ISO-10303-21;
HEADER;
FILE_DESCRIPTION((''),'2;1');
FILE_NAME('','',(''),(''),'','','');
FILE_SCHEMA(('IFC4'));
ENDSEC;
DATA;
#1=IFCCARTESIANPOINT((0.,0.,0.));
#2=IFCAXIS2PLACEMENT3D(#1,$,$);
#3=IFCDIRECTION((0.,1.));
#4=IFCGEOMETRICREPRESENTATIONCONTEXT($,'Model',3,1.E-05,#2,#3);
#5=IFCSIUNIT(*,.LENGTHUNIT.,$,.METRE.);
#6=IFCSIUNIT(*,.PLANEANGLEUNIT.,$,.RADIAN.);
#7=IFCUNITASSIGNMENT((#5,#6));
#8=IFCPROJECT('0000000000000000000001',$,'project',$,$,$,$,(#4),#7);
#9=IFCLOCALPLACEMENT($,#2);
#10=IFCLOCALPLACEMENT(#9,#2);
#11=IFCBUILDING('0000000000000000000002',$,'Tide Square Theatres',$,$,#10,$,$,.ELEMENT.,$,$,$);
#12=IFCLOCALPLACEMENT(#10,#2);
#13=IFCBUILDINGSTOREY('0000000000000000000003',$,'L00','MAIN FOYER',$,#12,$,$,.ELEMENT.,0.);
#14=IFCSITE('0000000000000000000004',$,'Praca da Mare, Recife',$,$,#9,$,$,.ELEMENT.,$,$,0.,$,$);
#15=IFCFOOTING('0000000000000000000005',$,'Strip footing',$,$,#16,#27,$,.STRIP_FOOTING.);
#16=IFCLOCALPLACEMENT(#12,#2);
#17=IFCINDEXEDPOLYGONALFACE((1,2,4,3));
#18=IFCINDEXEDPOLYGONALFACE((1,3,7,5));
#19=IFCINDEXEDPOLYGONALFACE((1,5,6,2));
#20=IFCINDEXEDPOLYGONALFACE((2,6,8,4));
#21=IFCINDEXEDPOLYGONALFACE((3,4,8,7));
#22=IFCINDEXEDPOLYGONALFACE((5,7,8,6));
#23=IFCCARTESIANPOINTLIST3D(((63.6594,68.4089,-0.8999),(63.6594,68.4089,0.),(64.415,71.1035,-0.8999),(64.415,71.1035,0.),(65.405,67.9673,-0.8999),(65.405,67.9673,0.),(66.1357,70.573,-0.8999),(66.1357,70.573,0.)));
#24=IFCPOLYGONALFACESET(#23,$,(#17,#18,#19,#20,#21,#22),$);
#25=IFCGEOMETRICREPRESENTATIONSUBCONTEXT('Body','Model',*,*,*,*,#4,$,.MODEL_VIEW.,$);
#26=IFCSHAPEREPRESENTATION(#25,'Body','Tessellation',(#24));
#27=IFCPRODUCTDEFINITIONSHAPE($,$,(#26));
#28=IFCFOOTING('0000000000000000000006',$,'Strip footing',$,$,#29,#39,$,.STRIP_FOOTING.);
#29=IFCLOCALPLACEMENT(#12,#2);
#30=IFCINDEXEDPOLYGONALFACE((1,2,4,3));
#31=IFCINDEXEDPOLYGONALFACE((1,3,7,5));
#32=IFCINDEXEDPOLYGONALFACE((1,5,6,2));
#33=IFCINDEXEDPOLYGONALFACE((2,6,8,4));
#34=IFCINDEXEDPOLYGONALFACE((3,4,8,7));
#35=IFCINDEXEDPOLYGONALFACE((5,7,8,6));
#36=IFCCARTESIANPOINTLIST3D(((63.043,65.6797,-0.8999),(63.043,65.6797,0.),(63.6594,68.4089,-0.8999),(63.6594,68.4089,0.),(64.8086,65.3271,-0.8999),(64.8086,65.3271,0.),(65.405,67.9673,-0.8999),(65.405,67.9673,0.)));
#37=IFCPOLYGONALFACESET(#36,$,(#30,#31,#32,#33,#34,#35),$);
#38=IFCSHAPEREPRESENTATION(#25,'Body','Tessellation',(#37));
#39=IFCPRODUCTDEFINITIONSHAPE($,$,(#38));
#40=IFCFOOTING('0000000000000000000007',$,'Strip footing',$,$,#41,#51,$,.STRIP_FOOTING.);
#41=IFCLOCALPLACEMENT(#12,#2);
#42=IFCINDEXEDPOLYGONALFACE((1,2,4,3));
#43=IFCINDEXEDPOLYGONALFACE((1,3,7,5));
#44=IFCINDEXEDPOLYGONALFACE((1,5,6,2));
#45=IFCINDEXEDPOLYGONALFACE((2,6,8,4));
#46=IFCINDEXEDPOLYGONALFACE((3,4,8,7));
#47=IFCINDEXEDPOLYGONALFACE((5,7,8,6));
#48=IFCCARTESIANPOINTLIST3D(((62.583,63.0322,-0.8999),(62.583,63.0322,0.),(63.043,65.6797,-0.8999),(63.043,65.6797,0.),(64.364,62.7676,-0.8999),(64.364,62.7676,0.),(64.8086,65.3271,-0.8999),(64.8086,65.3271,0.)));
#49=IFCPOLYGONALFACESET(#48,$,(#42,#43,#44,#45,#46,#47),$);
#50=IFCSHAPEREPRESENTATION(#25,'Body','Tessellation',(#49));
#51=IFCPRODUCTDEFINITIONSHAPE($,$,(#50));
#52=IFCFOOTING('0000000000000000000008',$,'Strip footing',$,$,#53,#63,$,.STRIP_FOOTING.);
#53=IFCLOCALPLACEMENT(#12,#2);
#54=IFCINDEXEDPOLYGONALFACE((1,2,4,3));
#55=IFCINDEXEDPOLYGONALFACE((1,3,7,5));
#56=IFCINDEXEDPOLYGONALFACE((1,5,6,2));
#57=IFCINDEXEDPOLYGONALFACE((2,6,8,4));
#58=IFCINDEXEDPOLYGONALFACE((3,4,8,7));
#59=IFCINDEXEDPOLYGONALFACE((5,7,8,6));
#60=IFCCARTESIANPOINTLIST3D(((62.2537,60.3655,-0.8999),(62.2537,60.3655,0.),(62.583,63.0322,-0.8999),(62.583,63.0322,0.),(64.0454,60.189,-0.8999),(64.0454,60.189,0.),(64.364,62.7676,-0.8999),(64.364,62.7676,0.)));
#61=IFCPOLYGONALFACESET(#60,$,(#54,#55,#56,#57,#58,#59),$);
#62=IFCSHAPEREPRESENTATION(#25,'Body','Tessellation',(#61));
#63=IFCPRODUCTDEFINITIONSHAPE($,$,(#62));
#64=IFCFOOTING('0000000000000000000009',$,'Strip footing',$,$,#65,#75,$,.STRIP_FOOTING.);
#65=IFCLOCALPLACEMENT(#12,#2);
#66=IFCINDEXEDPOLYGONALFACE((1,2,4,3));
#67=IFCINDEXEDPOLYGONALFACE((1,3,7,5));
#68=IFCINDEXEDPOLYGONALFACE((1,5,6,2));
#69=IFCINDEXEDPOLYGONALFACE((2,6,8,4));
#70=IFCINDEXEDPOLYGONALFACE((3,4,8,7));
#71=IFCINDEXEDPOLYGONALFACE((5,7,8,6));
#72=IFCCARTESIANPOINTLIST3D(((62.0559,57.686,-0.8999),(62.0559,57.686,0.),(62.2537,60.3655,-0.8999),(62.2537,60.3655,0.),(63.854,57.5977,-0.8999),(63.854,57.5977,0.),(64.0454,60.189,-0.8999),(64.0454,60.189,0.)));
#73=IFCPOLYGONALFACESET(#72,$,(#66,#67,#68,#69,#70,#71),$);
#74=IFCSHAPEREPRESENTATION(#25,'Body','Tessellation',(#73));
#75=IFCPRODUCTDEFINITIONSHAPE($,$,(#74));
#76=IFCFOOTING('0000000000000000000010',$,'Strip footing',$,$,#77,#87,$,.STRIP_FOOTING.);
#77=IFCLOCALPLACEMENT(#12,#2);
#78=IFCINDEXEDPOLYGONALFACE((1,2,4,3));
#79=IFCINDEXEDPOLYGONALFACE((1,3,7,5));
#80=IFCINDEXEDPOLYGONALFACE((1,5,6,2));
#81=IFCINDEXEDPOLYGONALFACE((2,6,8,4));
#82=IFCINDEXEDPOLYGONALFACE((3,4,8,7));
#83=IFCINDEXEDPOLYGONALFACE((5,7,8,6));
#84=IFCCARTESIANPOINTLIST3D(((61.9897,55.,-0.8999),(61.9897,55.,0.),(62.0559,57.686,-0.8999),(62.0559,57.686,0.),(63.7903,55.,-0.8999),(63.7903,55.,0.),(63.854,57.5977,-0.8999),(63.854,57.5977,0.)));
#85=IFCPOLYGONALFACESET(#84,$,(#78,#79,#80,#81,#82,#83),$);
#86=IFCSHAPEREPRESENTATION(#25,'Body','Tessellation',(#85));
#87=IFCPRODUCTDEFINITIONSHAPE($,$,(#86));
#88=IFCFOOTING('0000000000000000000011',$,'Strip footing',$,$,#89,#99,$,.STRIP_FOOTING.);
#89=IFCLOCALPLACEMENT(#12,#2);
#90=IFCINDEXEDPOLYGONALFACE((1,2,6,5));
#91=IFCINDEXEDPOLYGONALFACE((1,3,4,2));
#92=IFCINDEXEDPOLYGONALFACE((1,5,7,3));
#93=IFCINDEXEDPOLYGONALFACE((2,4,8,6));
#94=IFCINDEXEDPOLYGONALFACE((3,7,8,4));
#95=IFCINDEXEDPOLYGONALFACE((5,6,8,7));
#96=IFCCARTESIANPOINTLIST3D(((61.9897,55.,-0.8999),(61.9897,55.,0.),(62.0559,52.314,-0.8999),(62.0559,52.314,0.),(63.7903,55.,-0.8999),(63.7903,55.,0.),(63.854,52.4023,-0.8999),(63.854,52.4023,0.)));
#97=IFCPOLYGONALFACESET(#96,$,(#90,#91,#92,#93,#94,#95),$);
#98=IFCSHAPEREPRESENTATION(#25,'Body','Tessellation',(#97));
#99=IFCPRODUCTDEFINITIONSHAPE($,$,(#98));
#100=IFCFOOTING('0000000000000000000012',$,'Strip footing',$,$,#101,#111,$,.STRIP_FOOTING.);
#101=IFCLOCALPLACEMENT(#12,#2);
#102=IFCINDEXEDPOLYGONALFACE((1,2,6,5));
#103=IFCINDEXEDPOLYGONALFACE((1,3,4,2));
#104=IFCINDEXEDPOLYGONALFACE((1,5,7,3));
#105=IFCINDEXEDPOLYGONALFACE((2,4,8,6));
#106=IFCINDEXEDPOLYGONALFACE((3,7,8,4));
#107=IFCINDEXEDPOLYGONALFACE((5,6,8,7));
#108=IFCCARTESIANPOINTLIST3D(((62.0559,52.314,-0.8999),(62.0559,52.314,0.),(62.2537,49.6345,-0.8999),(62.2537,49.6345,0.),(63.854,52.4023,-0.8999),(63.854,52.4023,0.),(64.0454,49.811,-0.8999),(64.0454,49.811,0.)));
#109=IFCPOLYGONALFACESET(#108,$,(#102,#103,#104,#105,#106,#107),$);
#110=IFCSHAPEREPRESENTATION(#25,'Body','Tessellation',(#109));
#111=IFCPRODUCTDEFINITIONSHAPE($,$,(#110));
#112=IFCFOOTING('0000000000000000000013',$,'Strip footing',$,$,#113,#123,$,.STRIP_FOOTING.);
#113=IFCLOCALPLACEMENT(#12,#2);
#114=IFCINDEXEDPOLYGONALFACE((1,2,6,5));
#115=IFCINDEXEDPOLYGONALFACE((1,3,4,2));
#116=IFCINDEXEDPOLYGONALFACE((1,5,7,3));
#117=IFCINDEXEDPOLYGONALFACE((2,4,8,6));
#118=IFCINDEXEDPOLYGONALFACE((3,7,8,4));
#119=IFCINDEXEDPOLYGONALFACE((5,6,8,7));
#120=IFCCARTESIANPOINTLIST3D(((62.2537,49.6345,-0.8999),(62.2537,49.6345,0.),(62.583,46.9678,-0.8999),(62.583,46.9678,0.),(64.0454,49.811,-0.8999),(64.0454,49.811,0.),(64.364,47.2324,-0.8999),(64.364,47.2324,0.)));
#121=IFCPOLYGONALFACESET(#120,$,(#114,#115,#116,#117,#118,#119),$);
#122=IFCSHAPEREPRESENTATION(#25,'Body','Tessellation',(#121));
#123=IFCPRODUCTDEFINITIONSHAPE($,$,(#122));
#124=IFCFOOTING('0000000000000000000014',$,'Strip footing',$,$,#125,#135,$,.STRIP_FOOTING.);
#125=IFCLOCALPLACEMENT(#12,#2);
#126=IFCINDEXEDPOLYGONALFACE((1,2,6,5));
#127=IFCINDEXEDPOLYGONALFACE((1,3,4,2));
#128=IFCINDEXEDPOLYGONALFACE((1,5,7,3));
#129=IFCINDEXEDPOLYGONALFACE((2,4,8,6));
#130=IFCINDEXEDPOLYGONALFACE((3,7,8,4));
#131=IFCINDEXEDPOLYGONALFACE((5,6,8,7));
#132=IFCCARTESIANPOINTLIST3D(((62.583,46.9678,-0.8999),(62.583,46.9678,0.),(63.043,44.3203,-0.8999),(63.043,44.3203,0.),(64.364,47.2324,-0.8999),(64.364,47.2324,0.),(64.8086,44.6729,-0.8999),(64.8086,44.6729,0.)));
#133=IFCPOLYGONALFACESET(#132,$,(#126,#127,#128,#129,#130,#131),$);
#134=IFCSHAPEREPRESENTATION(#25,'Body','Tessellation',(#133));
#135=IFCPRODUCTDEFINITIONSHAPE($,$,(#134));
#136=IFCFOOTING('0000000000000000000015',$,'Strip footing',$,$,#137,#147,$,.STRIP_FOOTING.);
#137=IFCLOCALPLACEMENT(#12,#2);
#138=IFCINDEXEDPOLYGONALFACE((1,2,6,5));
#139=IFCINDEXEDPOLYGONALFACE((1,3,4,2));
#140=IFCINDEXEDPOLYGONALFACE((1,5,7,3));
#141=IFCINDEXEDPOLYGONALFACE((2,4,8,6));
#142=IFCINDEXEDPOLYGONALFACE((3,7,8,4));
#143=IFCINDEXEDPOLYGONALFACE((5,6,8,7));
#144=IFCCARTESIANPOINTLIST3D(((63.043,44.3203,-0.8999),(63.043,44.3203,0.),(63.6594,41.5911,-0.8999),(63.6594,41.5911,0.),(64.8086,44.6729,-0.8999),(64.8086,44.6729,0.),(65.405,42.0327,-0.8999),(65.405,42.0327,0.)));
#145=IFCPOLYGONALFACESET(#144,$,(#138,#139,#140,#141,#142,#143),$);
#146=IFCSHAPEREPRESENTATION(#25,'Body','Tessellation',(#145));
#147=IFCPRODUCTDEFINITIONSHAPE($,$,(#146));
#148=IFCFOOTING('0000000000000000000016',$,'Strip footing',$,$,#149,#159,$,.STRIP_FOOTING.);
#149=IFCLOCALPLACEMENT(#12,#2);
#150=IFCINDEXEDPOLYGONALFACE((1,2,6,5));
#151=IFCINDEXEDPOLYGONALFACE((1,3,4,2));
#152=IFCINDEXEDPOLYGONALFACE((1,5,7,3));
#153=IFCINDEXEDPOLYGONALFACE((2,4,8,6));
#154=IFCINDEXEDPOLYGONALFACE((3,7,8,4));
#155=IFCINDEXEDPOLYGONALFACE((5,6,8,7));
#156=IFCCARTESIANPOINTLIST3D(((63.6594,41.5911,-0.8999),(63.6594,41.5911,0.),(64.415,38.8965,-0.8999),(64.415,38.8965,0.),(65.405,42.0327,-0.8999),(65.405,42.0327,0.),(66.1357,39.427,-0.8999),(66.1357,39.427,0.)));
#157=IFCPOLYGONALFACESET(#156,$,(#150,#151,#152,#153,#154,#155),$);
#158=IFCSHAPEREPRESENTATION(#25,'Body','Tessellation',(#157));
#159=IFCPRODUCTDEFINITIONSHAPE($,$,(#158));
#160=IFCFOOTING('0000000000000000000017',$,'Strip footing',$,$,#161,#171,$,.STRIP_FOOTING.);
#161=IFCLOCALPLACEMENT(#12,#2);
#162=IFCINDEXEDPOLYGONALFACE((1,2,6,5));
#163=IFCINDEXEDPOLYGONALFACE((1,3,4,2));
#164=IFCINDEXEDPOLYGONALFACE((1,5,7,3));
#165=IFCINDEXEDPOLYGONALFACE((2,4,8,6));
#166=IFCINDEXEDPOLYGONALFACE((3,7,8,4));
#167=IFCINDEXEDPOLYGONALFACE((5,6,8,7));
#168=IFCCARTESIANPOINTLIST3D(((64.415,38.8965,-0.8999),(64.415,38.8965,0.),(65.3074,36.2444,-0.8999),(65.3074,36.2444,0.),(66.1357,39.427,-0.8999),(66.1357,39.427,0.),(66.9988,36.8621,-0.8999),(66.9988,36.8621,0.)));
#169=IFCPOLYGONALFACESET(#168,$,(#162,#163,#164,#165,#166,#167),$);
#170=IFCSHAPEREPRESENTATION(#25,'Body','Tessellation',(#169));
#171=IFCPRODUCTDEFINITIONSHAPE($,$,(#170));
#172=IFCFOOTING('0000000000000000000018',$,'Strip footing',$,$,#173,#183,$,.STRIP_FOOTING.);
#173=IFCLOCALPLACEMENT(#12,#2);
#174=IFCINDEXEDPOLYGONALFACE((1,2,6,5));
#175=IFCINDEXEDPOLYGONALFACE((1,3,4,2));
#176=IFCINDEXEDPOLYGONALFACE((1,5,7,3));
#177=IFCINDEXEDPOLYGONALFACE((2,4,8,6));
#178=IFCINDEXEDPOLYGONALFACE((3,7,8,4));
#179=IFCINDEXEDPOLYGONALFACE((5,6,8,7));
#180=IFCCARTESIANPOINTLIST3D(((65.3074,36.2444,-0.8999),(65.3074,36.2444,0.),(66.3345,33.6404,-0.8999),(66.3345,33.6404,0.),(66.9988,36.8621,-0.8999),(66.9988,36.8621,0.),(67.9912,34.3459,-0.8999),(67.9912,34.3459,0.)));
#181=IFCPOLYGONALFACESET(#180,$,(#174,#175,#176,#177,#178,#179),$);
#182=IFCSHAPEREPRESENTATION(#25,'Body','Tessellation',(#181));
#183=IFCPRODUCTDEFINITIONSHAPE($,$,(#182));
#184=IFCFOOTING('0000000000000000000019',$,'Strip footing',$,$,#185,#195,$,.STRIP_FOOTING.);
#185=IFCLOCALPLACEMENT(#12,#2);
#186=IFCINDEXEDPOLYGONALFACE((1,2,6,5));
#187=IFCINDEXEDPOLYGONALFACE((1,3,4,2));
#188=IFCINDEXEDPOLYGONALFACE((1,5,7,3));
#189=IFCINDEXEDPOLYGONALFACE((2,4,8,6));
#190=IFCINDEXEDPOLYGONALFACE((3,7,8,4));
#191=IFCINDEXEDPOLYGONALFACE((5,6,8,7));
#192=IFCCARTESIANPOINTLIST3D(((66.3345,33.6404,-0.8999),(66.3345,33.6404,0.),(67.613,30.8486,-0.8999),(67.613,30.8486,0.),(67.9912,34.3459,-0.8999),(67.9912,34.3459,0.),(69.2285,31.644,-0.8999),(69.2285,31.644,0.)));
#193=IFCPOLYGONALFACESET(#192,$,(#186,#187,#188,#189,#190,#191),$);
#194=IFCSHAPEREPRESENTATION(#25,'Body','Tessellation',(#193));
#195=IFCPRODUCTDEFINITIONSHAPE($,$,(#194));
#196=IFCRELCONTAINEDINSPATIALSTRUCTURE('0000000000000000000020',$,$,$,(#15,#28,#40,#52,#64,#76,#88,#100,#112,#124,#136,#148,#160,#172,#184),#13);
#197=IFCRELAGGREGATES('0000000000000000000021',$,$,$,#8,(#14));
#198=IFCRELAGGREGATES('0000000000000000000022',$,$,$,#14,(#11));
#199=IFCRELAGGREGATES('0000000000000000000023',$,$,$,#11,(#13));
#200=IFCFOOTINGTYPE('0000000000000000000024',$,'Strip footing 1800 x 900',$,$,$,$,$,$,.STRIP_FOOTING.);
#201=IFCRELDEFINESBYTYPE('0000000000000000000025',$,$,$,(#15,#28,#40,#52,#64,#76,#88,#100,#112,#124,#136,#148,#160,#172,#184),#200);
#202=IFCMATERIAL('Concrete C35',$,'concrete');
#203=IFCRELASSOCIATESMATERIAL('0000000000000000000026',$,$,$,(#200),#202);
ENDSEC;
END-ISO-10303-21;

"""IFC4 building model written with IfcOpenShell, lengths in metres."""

from ifc_helpers import new_model, si_unit, direction, frame, origin, place, context, subcontext, project, spatial, polyline, outline, extrude, material, type_object, element, save


model = new_model("IFC4")

# Units and contexts
model_context = context("Model", 3, precision=1e-05, world=origin(), true_north=direction((0.0, 1.0)))
body_context = subcontext(model_context, "Body", "Model", "MODEL_VIEW")
ifc_project = project(units=[si_unit("LENGTHUNIT", "METRE"), si_unit("PLANEANGLEUNIT", "RADIAN")], contexts=[model_context])

# Site, building, storey
site_placement = place(None, origin())
site = spatial("IfcSite", under=ifc_project, at=site_placement, Name="Praca da Mare, Recife", CompositionType="ELEMENT", RefElevation=0.0)
building_placement = place(site_placement, origin())
building = spatial("IfcBuilding", under=site, at=building_placement, Name="Tide Square Theatres", CompositionType="ELEMENT")
storey_placement = place(building_placement, origin())
storey = spatial("IfcBuildingStorey", under=building, at=storey_placement, Name="L00", Description="MAIN FOYER", CompositionType="ELEMENT", Elevation=0.0)

# Footings
ifc_material_1 = material(Name="Concrete C35", Category="concrete")
footing_type_1 = type_object("IfcFootingType", Name="Strip footing 1800 x 900", PredefinedType="STRIP_FOOTING", material=ifc_material_1)
footing_1_placement = place(storey_placement, frame((0.0, 0.0, -0.8999)))
element("IfcFooting", 1, at=footing_1_placement, inside=storey, type_object=footing_type_1, Name="Strip footing", PredefinedType="STRIP_FOOTING", context=body_context, shape_type="SweptSolid", body=[
    extrude(outline(polyline([(64.415, 71.1035), (63.6594, 68.4089), (65.405, 67.9673), (66.1357, 70.573), (64.415, 71.1035)])), origin(), (0.0, 0.0, 1.0), 0.8999),
])
footing_2_placement = place(storey_placement, frame((0.0, 0.0, -0.8999)))
element("IfcFooting", 2, at=footing_2_placement, inside=storey, type_object=footing_type_1, Name="Strip footing", PredefinedType="STRIP_FOOTING", context=body_context, shape_type="SweptSolid", body=[
    extrude(outline(polyline([(63.6594, 68.4089), (63.043, 65.6797), (64.8086, 65.3271), (65.405, 67.9673), (63.6594, 68.4089)])), origin(), (0.0, 0.0, 1.0), 0.8999),
])
footing_3_placement = place(storey_placement, frame((0.0, 0.0, -0.8999)))
element("IfcFooting", 3, at=footing_3_placement, inside=storey, type_object=footing_type_1, Name="Strip footing", PredefinedType="STRIP_FOOTING", context=body_context, shape_type="SweptSolid", body=[
    extrude(outline(polyline([(63.043, 65.6797), (62.583, 63.0322), (64.364, 62.7676), (64.8086, 65.3271), (63.043, 65.6797)])), origin(), (0.0, 0.0, 1.0), 0.8999),
])
footing_4_placement = place(storey_placement, frame((0.0, 0.0, -0.8999)))
element("IfcFooting", 4, at=footing_4_placement, inside=storey, type_object=footing_type_1, Name="Strip footing", PredefinedType="STRIP_FOOTING", context=body_context, shape_type="SweptSolid", body=[
    extrude(outline(polyline([(62.583, 63.0322), (62.2537, 60.3655), (64.0454, 60.189), (64.364, 62.7676), (62.583, 63.0322)])), origin(), (0.0, 0.0, 1.0), 0.8999),
])
footing_5_placement = place(storey_placement, frame((0.0, 0.0, -0.8999)))
element("IfcFooting", 5, at=footing_5_placement, inside=storey, type_object=footing_type_1, Name="Strip footing", PredefinedType="STRIP_FOOTING", context=body_context, shape_type="SweptSolid", body=[
    extrude(outline(polyline([(62.2537, 60.3655), (62.0559, 57.686), (63.854, 57.5977), (64.0454, 60.189), (62.2537, 60.3655)])), origin(), (0.0, 0.0, 1.0), 0.8999),
])
footing_6_placement = place(storey_placement, frame((0.0, 0.0, -0.8999)))
element("IfcFooting", 6, at=footing_6_placement, inside=storey, type_object=footing_type_1, Name="Strip footing", PredefinedType="STRIP_FOOTING", context=body_context, shape_type="SweptSolid", body=[
    extrude(outline(polyline([(62.0559, 57.686), (61.9897, 55.0), (63.7903, 55.0), (63.854, 57.5977), (62.0559, 57.686)])), origin(), (0.0, 0.0, 1.0), 0.8999),
])
footing_7_placement = place(storey_placement, frame((0.0, 0.0, -0.8999)))
element("IfcFooting", 7, at=footing_7_placement, inside=storey, type_object=footing_type_1, Name="Strip footing", PredefinedType="STRIP_FOOTING", context=body_context, shape_type="SweptSolid", body=[
    extrude(outline(polyline([(61.9897, 55.0), (62.0559, 52.314), (63.854, 52.4023), (63.7903, 55.0), (61.9897, 55.0)])), origin(), (0.0, 0.0, 1.0), 0.8999),
])
footing_8_placement = place(storey_placement, frame((0.0, 0.0, -0.8999)))
element("IfcFooting", 8, at=footing_8_placement, inside=storey, type_object=footing_type_1, Name="Strip footing", PredefinedType="STRIP_FOOTING", context=body_context, shape_type="SweptSolid", body=[
    extrude(outline(polyline([(62.0559, 52.314), (62.2537, 49.6345), (64.0454, 49.811), (63.854, 52.4023), (62.0559, 52.314)])), origin(), (0.0, 0.0, 1.0), 0.8999),
])
footing_9_placement = place(storey_placement, frame((0.0, 0.0, -0.8999)))
element("IfcFooting", 9, at=footing_9_placement, inside=storey, type_object=footing_type_1, Name="Strip footing", PredefinedType="STRIP_FOOTING", context=body_context, shape_type="SweptSolid", body=[
    extrude(outline(polyline([(62.2537, 49.6345), (62.583, 46.9678), (64.364, 47.2324), (64.0454, 49.811), (62.2537, 49.6345)])), origin(), (0.0, 0.0, 1.0), 0.8999),
])
footing_10_placement = place(storey_placement, frame((0.0, 0.0, -0.8999)))
element("IfcFooting", 10, at=footing_10_placement, inside=storey, type_object=footing_type_1, Name="Strip footing", PredefinedType="STRIP_FOOTING", context=body_context, shape_type="SweptSolid", body=[
    extrude(outline(polyline([(62.583, 46.9678), (63.043, 44.3203), (64.8086, 44.6729), (64.364, 47.2324), (62.583, 46.9678)])), origin(), (0.0, 0.0, 1.0), 0.8999),
])
footing_11_placement = place(storey_placement, frame((0.0, 0.0, -0.8999)))
element("IfcFooting", 11, at=footing_11_placement, inside=storey, type_object=footing_type_1, Name="Strip footing", PredefinedType="STRIP_FOOTING", context=body_context, shape_type="SweptSolid", body=[
    extrude(outline(polyline([(63.043, 44.3203), (63.6594, 41.5911), (65.405, 42.0327), (64.8086, 44.6729), (63.043, 44.3203)])), origin(), (0.0, 0.0, 1.0), 0.8999),
])
footing_12_placement = place(storey_placement, frame((0.0, 0.0, -0.8999)))
element("IfcFooting", 12, at=footing_12_placement, inside=storey, type_object=footing_type_1, Name="Strip footing", PredefinedType="STRIP_FOOTING", context=body_context, shape_type="SweptSolid", body=[
    extrude(outline(polyline([(63.6594, 41.5911), (64.415, 38.8965), (66.1357, 39.427), (65.405, 42.0327), (63.6594, 41.5911)])), origin(), (0.0, 0.0, 1.0), 0.8999),
])
footing_13_placement = place(storey_placement, frame((0.0, 0.0, -0.8999)))
element("IfcFooting", 13, at=footing_13_placement, inside=storey, type_object=footing_type_1, Name="Strip footing", PredefinedType="STRIP_FOOTING", context=body_context, shape_type="SweptSolid", body=[
    extrude(outline(polyline([(64.415, 38.8965), (65.3074, 36.2444), (66.9988, 36.8621), (66.1357, 39.427), (64.415, 38.8965)])), origin(), (0.0, 0.0, 1.0), 0.8999),
])
footing_14_placement = place(storey_placement, frame((0.0, 0.0, -0.8999)))
element("IfcFooting", 14, at=footing_14_placement, inside=storey, type_object=footing_type_1, Name="Strip footing", PredefinedType="STRIP_FOOTING", context=body_context, shape_type="SweptSolid", body=[
    extrude(outline(polyline([(65.3074, 36.2444), (66.3345, 33.6404), (67.9912, 34.3459), (66.9988, 36.8621), (65.3074, 36.2444)])), origin(), (0.0, 0.0, 1.0), 0.8999),
])
footing_15_placement = place(storey_placement, frame((0.0, 0.0, -0.8999)))
element("IfcFooting", 15, at=footing_15_placement, inside=storey, type_object=footing_type_1, Name="Strip footing", PredefinedType="STRIP_FOOTING", context=body_context, shape_type="SweptSolid", body=[
    extrude(outline(polyline([(66.3345, 33.6404), (67.613, 30.8486), (69.2285, 31.644), (67.9912, 34.3459), (66.3345, 33.6404)])), origin(), (0.0, 0.0, 1.0), 0.8999),
])

save(model, "model.ifc")
